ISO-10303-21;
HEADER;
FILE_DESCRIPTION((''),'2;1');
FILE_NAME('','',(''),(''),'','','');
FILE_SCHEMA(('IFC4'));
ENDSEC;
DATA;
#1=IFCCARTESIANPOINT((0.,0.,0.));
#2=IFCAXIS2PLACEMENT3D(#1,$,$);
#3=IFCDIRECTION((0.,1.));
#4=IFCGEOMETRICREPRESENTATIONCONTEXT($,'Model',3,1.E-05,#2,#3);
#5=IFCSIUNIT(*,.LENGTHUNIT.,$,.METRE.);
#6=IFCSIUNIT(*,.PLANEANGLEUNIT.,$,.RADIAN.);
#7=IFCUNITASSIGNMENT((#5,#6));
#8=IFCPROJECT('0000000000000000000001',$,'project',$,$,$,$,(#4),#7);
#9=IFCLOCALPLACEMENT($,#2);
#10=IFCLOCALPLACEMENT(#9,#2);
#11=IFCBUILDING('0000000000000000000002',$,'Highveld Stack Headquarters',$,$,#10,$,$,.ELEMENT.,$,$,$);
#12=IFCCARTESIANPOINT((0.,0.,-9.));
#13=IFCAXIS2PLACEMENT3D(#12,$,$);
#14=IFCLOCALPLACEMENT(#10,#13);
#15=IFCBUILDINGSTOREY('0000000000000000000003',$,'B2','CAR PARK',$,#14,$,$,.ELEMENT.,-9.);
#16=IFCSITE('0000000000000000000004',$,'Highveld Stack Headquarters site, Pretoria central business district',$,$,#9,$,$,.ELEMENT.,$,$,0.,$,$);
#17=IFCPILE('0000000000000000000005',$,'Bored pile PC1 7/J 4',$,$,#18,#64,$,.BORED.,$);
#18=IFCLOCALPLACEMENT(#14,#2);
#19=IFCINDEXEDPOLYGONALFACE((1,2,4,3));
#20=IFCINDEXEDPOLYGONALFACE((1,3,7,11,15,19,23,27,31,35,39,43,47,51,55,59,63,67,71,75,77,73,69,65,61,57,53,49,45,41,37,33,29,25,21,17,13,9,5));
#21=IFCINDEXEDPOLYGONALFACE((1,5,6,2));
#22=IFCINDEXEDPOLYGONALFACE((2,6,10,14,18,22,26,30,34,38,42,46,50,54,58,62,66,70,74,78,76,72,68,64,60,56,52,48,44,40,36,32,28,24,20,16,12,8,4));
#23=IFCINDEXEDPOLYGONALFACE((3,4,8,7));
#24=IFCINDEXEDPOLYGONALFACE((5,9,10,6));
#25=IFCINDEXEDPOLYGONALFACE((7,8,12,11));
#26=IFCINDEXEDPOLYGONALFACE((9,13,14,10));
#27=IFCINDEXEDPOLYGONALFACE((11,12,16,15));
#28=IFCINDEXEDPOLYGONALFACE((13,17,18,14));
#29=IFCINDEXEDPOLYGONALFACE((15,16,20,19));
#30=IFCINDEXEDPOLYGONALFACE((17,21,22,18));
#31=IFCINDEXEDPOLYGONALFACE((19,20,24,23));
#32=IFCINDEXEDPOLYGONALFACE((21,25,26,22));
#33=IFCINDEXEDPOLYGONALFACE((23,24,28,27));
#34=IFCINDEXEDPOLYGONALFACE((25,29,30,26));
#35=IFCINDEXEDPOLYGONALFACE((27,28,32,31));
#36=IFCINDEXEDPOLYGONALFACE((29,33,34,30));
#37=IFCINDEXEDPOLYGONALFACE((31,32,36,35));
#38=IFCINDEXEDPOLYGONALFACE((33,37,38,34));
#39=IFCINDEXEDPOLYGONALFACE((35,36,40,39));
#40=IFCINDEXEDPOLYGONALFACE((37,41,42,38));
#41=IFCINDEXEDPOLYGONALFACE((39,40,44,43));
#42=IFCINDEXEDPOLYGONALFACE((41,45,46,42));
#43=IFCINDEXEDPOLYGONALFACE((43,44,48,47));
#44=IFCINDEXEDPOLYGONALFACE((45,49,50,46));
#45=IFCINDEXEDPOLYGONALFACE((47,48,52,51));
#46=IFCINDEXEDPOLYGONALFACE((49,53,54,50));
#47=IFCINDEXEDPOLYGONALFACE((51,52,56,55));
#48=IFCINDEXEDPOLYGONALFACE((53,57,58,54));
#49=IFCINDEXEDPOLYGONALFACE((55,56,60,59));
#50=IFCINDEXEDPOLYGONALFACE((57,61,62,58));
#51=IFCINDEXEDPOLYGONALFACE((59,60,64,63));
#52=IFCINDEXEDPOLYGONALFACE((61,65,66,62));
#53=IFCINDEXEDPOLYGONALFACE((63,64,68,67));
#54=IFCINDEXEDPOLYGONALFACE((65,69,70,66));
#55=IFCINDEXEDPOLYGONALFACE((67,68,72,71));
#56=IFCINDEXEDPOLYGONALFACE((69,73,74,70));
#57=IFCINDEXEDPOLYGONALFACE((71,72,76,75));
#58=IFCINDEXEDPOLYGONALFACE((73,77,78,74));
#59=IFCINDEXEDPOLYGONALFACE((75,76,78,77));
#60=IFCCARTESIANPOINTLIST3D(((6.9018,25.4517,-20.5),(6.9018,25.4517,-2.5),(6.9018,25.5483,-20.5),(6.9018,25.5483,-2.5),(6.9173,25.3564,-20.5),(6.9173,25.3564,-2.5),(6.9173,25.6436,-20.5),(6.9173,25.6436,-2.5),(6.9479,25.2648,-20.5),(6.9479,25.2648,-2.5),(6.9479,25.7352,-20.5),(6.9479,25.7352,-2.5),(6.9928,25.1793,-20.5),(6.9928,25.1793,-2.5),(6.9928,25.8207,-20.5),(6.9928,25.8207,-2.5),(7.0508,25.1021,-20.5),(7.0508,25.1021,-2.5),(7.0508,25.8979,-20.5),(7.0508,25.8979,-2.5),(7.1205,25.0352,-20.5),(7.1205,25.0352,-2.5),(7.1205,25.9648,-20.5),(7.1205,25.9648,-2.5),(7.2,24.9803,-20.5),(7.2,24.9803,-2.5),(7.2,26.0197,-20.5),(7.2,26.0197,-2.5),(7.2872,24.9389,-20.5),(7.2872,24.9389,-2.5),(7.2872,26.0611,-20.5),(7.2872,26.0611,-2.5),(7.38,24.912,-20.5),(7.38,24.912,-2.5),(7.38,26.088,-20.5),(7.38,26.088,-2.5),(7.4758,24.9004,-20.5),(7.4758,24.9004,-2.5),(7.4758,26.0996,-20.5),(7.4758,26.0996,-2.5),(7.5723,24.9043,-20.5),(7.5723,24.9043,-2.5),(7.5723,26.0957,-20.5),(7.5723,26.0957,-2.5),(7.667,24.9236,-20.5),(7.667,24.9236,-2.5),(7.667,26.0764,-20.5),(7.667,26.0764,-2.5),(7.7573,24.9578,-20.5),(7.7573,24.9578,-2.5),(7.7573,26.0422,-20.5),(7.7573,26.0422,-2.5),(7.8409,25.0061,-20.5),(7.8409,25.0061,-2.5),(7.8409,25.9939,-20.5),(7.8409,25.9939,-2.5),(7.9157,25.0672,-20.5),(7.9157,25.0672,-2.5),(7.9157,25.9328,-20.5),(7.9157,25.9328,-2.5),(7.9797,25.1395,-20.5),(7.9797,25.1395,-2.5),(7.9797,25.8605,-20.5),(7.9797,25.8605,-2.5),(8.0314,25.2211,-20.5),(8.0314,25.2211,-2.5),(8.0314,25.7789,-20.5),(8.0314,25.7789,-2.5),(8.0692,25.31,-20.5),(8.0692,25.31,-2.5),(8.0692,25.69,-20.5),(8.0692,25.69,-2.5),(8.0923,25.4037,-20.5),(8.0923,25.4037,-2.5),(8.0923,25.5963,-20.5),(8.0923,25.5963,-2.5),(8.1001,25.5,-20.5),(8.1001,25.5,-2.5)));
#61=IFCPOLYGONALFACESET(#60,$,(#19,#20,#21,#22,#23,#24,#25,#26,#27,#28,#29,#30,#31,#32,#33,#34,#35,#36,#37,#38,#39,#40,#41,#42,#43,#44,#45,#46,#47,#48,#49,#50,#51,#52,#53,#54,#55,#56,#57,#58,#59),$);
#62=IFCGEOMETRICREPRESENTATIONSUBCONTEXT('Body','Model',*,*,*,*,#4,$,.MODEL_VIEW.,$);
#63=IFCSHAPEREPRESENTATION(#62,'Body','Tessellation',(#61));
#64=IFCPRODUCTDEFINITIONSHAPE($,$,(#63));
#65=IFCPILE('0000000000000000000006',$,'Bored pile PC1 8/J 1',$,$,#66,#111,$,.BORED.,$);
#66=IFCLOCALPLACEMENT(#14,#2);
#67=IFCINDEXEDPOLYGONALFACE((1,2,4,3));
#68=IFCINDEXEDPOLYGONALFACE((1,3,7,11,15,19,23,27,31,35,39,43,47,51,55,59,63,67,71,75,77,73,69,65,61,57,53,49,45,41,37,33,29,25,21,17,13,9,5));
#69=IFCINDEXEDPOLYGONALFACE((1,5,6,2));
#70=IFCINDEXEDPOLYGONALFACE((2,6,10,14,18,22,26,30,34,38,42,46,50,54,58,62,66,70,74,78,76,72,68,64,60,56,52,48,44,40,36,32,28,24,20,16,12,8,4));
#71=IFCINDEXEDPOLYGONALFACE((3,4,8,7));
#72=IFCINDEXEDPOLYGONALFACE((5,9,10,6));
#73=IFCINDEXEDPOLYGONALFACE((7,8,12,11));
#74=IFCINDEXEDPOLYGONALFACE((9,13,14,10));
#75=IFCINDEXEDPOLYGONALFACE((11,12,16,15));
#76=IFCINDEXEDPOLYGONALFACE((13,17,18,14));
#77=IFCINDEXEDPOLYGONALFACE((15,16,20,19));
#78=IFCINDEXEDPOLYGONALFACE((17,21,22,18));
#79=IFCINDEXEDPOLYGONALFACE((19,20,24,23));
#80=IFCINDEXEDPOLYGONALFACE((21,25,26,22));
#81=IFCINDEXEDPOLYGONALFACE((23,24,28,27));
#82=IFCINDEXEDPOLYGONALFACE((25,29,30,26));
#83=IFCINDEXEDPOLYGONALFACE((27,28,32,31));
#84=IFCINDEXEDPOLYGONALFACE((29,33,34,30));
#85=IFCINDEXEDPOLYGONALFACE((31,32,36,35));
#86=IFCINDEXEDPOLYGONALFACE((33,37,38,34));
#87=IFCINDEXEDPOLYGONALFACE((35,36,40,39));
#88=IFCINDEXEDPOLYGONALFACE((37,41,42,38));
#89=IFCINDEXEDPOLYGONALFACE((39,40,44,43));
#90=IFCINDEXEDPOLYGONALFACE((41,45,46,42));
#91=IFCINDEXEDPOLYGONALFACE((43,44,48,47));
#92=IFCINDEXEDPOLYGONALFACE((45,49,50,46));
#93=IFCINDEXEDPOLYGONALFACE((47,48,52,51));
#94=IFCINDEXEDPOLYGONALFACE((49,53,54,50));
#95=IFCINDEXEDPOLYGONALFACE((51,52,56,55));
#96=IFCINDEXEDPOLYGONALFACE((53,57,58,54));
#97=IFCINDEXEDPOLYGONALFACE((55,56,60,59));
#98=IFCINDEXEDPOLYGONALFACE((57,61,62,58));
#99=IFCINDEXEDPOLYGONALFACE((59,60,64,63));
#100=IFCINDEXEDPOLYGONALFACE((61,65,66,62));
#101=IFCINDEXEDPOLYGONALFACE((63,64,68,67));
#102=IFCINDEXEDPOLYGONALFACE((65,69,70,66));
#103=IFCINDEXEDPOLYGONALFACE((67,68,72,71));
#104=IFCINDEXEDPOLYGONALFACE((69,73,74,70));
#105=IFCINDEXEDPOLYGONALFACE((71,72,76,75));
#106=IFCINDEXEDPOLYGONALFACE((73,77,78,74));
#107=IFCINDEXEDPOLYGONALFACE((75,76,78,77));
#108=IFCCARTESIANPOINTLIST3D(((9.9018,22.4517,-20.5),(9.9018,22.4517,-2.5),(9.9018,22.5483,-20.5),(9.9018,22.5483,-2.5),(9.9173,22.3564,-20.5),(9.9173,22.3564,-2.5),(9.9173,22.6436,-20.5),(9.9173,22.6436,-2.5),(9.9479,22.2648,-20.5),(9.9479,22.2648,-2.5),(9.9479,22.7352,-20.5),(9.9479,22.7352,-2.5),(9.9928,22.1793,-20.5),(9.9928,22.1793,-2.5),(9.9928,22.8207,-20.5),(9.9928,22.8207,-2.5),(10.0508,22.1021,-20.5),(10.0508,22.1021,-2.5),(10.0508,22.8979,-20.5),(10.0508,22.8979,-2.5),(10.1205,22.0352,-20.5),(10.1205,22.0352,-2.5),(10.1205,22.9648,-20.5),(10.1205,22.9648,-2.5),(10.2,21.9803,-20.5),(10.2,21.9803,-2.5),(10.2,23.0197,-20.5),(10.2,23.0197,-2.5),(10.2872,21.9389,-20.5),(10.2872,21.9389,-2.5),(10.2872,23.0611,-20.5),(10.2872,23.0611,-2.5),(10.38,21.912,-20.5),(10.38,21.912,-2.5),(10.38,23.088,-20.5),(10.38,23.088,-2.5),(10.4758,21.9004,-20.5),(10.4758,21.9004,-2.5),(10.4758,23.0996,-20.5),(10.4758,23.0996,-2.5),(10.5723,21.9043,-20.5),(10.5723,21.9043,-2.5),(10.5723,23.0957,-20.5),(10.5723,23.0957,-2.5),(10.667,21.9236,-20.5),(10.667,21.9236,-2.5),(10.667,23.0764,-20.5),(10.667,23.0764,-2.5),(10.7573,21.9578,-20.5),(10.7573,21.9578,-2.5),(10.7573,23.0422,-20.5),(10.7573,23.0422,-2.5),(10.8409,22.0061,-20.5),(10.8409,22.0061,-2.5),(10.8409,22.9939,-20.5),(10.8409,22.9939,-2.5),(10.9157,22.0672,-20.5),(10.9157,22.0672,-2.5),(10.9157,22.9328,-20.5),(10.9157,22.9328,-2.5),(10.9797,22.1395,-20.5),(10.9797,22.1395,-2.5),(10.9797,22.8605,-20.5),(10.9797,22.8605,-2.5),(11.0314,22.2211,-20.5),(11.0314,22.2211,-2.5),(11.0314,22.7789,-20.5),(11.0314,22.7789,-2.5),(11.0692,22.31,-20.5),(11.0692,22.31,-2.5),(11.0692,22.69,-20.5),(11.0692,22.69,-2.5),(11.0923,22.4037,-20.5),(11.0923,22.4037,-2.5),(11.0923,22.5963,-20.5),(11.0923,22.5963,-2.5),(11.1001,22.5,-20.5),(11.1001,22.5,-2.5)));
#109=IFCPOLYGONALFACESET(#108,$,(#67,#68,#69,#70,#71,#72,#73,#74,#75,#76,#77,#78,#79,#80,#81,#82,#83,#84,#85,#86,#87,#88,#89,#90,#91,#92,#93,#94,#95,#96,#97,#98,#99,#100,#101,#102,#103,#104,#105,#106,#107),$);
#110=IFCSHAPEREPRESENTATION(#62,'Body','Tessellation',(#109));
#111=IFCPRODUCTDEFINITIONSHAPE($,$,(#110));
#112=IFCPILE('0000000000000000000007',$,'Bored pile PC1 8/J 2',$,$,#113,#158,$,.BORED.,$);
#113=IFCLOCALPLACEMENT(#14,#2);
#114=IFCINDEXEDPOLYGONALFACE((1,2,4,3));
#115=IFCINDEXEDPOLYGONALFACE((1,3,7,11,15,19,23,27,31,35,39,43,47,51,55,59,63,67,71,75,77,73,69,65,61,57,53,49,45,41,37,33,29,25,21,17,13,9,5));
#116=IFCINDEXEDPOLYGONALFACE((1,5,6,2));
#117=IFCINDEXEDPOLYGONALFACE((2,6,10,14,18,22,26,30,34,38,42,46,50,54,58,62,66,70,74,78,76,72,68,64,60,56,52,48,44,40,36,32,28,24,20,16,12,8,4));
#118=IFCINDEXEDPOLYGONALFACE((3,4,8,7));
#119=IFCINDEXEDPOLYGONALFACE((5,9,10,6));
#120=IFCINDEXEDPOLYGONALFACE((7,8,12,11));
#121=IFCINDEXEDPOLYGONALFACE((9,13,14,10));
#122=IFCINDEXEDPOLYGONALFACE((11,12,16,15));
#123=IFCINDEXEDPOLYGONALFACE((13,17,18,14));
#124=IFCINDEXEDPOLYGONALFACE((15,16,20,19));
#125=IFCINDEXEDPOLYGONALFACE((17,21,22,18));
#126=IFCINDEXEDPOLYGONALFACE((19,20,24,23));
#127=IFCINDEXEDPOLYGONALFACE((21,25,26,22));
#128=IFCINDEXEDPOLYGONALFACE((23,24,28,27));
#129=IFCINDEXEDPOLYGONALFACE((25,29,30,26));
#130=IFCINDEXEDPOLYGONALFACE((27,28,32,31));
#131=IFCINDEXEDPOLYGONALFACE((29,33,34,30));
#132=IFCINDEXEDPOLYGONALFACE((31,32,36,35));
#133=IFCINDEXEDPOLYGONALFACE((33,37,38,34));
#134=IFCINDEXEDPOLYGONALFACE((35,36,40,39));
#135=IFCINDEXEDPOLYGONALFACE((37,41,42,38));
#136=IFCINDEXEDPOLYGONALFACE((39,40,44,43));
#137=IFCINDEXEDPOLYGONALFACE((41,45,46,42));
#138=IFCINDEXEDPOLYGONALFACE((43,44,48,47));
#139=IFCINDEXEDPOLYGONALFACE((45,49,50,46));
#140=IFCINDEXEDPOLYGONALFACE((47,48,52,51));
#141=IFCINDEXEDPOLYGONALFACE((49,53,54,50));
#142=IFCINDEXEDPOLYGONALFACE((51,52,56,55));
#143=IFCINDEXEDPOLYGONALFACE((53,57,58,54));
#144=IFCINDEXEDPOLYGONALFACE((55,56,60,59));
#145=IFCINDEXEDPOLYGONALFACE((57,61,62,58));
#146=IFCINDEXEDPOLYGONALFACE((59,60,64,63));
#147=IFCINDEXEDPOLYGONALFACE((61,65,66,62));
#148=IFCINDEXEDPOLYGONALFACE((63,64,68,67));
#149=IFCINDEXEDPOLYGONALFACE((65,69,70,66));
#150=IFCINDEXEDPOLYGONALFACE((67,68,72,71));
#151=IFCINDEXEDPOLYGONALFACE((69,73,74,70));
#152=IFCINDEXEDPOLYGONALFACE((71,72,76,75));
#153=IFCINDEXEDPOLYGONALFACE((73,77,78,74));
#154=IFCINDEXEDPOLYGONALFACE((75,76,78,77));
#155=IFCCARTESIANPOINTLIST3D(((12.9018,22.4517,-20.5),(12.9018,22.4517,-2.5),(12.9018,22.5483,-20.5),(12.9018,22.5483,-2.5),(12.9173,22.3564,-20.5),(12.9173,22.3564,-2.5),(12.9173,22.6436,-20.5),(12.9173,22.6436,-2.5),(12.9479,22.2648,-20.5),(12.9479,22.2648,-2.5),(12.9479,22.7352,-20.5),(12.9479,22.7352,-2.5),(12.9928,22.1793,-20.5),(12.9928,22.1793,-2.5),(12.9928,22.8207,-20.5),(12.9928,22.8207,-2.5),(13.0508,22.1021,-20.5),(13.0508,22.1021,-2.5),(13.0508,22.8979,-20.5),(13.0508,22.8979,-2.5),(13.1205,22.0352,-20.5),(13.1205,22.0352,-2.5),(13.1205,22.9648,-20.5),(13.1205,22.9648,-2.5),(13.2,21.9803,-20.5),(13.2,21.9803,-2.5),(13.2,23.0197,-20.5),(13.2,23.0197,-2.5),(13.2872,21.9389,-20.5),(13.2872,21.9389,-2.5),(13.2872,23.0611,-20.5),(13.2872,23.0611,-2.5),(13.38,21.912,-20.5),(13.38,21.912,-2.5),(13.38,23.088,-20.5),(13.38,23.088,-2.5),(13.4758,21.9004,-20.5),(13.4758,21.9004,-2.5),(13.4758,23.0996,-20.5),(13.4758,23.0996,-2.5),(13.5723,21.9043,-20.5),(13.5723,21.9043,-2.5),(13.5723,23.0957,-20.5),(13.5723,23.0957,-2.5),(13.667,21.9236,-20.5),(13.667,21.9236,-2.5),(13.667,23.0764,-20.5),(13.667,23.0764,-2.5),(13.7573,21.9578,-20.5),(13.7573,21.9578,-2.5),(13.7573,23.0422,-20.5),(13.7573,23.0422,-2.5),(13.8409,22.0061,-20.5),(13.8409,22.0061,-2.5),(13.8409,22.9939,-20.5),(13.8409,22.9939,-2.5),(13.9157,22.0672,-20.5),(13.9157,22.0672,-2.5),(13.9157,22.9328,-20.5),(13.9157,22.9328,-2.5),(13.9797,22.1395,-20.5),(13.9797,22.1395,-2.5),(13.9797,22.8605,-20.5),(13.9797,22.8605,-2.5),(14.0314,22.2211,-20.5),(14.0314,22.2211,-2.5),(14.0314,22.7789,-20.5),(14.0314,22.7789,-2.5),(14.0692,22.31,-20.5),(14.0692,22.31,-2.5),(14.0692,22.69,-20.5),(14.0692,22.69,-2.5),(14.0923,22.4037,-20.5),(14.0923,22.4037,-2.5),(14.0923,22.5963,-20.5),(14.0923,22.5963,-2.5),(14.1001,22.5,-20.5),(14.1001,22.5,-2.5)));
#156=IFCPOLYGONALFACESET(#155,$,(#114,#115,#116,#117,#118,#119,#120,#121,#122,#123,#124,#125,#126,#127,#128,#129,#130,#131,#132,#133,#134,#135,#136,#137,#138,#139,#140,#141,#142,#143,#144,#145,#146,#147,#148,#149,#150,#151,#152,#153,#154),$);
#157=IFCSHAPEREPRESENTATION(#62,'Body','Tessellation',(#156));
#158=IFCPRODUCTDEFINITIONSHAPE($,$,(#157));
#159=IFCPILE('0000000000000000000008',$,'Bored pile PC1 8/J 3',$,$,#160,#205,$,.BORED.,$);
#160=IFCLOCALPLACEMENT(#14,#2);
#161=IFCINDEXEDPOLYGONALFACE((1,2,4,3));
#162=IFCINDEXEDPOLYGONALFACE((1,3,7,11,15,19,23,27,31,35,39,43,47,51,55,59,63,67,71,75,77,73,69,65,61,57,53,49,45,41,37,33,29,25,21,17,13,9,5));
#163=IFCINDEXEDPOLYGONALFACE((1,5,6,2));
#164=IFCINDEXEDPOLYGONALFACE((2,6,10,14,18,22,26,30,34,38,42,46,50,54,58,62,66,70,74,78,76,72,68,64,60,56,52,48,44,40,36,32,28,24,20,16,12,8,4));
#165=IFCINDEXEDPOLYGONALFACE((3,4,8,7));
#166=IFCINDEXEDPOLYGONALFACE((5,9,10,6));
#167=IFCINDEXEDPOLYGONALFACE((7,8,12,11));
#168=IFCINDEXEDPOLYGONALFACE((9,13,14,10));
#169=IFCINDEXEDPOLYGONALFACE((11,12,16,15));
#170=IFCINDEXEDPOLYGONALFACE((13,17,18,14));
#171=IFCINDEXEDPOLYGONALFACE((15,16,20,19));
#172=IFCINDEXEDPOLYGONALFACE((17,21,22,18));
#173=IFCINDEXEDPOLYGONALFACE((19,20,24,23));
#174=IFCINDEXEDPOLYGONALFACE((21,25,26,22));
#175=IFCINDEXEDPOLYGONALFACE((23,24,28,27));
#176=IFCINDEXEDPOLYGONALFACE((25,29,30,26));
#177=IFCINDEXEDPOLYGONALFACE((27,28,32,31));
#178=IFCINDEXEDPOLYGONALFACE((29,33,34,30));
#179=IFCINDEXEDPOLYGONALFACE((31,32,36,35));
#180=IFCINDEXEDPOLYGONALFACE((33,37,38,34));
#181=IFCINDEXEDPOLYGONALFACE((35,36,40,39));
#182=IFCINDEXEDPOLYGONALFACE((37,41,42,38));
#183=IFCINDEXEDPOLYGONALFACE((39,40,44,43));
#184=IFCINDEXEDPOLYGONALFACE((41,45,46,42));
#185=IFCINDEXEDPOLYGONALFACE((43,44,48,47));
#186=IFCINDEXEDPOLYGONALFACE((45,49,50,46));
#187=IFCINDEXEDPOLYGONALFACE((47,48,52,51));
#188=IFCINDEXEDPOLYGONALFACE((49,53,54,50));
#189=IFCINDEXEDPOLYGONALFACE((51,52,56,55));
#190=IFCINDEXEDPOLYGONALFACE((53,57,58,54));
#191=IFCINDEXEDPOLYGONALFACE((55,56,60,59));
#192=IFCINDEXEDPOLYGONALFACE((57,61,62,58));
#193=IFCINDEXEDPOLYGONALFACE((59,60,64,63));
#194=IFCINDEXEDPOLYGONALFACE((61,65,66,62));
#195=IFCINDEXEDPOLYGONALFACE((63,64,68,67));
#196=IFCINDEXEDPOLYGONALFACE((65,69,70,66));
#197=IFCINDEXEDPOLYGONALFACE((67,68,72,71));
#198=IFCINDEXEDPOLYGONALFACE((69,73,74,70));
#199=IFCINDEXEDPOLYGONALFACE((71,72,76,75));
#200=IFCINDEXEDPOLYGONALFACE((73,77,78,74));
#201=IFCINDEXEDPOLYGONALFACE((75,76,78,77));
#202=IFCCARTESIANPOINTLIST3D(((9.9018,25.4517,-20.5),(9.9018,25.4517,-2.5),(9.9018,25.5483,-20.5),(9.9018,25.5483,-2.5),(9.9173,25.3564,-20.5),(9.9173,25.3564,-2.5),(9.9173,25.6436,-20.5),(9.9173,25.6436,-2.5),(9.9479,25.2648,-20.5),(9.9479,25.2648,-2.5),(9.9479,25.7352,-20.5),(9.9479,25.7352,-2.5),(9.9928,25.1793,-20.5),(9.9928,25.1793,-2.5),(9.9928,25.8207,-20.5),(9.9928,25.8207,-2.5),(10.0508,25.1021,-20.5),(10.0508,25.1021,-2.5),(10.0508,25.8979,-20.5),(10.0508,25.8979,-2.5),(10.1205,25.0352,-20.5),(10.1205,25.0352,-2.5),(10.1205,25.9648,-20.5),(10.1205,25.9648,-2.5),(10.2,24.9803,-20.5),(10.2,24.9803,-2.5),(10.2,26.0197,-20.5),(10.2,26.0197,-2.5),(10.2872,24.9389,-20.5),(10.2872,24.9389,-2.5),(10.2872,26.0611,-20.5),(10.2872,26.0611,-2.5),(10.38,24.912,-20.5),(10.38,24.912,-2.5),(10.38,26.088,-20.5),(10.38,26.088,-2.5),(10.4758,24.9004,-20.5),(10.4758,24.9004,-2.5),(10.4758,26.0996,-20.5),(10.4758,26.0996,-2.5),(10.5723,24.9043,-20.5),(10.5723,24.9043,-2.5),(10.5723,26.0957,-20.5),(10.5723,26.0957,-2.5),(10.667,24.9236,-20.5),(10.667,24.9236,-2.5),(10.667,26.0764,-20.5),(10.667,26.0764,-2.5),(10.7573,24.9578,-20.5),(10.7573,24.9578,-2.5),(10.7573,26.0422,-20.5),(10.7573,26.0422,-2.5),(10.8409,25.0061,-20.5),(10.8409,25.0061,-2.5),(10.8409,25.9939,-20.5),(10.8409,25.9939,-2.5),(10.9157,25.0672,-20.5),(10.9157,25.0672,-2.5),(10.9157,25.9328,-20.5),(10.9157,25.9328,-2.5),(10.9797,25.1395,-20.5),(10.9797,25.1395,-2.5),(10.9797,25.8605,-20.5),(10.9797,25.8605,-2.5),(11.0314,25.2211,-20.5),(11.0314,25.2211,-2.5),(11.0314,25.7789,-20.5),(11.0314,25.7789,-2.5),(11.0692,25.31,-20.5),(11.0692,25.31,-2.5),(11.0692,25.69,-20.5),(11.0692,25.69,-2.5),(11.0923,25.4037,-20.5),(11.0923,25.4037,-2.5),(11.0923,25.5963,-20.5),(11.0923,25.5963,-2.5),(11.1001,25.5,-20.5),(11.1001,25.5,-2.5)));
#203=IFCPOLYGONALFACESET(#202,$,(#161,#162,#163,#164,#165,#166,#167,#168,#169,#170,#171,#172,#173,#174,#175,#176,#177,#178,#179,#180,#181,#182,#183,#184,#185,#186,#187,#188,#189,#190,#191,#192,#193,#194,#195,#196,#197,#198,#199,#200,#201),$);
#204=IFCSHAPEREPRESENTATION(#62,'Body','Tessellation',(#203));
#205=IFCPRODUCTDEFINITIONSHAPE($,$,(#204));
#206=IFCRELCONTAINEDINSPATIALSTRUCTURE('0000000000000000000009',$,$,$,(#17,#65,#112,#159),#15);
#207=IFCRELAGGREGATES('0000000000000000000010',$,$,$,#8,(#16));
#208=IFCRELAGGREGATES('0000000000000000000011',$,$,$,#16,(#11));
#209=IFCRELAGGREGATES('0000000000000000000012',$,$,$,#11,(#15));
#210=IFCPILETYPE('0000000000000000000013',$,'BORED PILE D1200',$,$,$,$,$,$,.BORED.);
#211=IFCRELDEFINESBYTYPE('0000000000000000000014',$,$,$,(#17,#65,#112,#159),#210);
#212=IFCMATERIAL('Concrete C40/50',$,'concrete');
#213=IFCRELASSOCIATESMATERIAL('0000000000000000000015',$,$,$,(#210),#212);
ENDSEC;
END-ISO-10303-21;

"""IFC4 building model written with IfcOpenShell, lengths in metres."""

from ifc_helpers import new_model, si_unit, direction, frame, origin, origin_2d, place, context, subcontext, project, spatial, circle, extrude, material, type_object, element, save


model = new_model("IFC4")

# Units and contexts
model_context = context("Model", 3, precision=1e-05, world=origin(), true_north=direction((0.0, 1.0)))
body_context = subcontext(model_context, "Body", "Model", "MODEL_VIEW")
ifc_project = project(units=[si_unit("LENGTHUNIT", "METRE"), si_unit("PLANEANGLEUNIT", "RADIAN")], contexts=[model_context])

# Site, building, storey
site_placement = place(None, origin())
site = spatial("IfcSite", under=ifc_project, at=site_placement, Name="Highveld Stack Headquarters site, Pretoria central business district", CompositionType="ELEMENT", RefElevation=0.0)
building_placement = place(site_placement, origin())
building = spatial("IfcBuilding", under=site, at=building_placement, Name="Highveld Stack Headquarters", CompositionType="ELEMENT")
storey_placement = place(building_placement, frame((0.0, 0.0, -9.0)))
storey = spatial("IfcBuildingStorey", under=building, at=storey_placement, Name="B2", Description="CAR PARK", CompositionType="ELEMENT", Elevation=-9.0)

# Piles
ifc_material_1 = material(Name="Concrete C40/50", Category="concrete")
pile_type_1 = type_object("IfcPileType", Name="BORED PILE D1200", PredefinedType="BORED", material=ifc_material_1)
for number, where, z_axis, x_axis, name in (
    (1, (7.5, 25.5, -2.5), (0.0, 0.0, -1.0), (1.0, 0.0, 0.0), "Bored pile PC1 7/J 4"),
    (2, (10.5, 22.5, -2.5), (0.0, 0.0, -1.0), (1.0, 0.0, 0.0), "Bored pile PC1 8/J 1"),
    (3, (13.5, 22.5, -2.5), (0.0, 0.0, -1.0), (1.0, 0.0, 0.0), "Bored pile PC1 8/J 2"),
    (4, (10.5, 25.5, -2.5), (0.0, 0.0, -1.0), (1.0, 0.0, 0.0), "Bored pile PC1 8/J 3"),
):
    element("IfcPile", number, at=place(storey_placement, frame(where, z_axis=z_axis, x_axis=x_axis)), inside=storey, type_object=pile_type_1, Name=name, PredefinedType="BORED", context=body_context, shape_type="SweptSolid", body=[
        extrude(circle(Radius=0.6001, at=origin_2d()), origin(), (0.0, 0.0, 1.0), 18.0),
    ])

save(model, "model.ifc")
